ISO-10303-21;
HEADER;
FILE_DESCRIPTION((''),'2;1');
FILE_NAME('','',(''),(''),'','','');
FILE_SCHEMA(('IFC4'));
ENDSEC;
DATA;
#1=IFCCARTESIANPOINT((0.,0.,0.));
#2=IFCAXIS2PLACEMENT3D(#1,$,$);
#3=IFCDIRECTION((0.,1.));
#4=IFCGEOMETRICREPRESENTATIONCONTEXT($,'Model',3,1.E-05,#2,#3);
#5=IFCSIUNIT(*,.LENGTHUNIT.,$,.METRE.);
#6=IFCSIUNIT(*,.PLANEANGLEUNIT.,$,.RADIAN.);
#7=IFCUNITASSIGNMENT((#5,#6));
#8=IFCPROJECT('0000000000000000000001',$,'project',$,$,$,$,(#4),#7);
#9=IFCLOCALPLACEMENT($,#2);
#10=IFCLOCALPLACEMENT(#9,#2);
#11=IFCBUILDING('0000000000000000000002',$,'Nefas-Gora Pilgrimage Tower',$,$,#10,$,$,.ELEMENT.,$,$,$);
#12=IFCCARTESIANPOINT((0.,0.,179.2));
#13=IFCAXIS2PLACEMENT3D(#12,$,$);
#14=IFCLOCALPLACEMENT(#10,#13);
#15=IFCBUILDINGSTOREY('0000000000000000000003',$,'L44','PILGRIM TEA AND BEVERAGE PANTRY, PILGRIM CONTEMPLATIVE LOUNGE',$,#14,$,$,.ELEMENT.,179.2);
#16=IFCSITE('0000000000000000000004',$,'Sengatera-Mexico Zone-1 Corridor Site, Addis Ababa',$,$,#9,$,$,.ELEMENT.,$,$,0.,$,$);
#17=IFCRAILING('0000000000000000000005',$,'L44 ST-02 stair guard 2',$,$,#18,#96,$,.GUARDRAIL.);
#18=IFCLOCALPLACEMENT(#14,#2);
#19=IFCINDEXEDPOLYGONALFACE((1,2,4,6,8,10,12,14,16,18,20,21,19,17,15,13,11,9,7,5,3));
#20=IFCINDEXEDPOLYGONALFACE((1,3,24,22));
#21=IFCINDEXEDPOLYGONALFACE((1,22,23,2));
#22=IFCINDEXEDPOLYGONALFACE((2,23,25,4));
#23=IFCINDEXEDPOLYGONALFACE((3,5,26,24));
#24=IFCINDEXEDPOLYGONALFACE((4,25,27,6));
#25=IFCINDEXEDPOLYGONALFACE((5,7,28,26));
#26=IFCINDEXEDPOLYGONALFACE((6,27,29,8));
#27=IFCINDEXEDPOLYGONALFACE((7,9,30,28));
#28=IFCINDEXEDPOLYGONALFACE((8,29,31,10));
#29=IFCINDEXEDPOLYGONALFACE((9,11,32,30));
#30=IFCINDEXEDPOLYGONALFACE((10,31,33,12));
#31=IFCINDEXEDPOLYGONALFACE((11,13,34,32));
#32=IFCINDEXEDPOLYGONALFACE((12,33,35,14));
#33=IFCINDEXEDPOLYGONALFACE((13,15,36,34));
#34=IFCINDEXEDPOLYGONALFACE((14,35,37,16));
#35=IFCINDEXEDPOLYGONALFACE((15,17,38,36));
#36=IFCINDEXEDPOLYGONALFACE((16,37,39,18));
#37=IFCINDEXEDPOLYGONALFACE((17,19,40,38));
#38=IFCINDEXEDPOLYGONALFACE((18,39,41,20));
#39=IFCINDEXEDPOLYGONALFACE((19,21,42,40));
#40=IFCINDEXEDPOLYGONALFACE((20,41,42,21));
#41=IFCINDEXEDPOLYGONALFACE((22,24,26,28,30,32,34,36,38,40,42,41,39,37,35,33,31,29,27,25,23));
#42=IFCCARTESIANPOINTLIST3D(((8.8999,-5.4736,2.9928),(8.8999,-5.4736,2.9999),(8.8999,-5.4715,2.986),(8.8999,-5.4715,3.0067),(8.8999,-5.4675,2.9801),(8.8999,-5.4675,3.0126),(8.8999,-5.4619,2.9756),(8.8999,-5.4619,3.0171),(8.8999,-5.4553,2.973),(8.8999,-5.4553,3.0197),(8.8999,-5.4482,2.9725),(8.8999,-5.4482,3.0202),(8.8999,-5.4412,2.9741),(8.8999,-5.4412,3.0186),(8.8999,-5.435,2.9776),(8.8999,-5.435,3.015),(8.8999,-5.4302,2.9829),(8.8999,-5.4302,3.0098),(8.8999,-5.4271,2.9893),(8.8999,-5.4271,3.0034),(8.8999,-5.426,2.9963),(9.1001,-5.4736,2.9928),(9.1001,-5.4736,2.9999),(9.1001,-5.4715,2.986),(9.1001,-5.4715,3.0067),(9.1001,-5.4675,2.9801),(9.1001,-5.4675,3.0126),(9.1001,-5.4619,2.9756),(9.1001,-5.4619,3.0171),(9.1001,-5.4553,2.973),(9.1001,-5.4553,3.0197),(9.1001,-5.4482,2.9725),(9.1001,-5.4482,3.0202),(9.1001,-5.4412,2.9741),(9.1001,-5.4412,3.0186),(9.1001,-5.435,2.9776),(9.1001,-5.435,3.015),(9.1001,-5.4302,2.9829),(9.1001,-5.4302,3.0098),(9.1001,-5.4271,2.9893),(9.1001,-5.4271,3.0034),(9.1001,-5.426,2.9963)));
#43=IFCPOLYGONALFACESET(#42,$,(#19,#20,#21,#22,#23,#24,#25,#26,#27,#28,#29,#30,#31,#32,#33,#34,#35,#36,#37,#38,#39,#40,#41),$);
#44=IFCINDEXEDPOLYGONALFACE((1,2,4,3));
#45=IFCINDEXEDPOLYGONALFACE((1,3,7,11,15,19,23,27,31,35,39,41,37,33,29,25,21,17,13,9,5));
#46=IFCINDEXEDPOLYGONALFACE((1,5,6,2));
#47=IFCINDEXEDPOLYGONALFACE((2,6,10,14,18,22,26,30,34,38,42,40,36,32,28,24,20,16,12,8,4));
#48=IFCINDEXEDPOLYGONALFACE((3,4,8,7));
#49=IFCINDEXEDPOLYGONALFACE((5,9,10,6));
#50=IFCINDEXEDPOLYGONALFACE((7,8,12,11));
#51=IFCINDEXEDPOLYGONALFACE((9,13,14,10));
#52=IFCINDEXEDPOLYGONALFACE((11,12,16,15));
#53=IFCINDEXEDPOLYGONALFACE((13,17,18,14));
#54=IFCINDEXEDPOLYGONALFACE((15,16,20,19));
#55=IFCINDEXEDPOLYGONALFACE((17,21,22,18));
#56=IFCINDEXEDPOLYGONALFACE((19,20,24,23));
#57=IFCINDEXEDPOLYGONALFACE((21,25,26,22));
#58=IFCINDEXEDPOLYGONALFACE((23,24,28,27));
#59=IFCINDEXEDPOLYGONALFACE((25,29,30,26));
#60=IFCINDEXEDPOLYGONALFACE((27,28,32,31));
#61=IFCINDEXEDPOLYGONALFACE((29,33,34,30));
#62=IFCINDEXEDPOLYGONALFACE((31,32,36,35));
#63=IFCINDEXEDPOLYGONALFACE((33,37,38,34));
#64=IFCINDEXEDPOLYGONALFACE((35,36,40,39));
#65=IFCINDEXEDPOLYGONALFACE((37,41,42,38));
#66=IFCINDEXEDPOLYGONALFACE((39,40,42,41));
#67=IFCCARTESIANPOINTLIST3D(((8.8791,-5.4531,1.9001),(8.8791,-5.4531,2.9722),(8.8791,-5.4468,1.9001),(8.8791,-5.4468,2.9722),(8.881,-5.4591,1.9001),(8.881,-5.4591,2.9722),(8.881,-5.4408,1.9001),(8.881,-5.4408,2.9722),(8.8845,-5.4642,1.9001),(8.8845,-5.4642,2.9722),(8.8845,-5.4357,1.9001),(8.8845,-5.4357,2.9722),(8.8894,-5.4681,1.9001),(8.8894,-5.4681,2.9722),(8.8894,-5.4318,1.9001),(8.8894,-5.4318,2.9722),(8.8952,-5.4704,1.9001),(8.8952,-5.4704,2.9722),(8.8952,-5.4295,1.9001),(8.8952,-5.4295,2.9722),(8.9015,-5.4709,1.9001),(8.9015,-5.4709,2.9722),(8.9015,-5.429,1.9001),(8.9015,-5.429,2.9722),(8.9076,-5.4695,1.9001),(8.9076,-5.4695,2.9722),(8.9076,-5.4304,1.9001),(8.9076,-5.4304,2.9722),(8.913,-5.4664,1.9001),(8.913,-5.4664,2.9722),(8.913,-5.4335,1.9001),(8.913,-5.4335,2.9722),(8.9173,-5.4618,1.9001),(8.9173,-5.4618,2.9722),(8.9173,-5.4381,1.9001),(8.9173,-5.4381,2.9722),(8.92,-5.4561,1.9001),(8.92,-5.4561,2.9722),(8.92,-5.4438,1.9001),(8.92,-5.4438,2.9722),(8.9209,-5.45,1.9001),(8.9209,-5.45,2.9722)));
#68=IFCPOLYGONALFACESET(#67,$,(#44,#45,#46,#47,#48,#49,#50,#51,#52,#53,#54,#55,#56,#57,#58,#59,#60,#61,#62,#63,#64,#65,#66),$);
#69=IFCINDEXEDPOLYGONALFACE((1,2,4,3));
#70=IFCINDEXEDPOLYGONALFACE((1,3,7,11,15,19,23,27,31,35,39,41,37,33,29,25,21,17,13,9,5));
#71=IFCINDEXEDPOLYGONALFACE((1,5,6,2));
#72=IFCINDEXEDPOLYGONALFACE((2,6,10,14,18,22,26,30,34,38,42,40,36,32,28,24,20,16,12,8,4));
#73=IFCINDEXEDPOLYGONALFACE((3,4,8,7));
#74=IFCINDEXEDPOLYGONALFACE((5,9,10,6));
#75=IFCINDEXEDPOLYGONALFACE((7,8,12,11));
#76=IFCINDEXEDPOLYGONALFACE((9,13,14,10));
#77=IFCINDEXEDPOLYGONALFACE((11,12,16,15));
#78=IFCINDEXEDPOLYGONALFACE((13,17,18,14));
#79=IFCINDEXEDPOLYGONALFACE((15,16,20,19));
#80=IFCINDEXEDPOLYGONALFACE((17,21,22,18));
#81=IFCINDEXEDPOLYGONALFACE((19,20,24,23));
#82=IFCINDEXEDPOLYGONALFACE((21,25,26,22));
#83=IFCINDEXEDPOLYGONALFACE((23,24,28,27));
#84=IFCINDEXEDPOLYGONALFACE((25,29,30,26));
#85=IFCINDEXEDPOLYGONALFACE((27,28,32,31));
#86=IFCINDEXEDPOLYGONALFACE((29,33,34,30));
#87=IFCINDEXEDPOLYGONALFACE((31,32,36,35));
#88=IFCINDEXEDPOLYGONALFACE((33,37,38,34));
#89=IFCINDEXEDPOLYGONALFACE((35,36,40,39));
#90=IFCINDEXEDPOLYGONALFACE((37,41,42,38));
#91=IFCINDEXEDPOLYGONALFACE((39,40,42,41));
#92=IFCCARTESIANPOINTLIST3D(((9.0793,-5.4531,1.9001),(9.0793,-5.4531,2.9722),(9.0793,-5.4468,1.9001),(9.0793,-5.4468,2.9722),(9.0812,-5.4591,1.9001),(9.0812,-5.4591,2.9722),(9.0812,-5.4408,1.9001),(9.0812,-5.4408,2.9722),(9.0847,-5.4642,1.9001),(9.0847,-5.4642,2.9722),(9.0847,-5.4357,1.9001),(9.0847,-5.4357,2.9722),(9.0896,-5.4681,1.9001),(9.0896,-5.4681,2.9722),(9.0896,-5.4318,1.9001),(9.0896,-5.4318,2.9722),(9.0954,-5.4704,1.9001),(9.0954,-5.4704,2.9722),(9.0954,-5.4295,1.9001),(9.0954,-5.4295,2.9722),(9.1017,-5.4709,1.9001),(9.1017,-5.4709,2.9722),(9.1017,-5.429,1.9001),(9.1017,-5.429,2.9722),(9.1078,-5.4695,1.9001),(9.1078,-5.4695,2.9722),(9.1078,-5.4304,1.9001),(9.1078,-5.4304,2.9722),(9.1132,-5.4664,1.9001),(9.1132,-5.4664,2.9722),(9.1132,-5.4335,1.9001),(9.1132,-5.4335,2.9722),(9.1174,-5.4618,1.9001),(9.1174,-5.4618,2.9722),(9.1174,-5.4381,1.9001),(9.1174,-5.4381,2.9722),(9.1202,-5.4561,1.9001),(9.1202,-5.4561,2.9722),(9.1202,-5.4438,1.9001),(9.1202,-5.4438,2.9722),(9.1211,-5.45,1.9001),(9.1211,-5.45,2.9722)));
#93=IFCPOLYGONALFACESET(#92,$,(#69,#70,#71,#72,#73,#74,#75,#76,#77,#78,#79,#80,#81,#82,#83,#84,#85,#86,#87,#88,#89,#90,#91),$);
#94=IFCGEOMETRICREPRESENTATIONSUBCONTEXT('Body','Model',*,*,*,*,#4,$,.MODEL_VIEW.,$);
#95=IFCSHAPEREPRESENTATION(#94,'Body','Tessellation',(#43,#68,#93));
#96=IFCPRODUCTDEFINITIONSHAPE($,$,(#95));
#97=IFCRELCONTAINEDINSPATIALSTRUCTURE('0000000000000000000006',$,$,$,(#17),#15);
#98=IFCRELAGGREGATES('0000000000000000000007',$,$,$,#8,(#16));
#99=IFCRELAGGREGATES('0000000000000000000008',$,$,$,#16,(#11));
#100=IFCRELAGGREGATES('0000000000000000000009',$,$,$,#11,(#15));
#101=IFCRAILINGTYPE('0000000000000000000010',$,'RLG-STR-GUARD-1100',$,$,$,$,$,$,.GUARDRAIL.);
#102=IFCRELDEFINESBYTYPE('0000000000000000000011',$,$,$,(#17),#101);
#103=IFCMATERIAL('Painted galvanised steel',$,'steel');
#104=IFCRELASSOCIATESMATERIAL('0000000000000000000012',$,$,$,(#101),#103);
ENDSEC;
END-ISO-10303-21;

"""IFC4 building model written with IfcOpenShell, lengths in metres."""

from ifc_helpers import new_model, si_unit, direction, frame, origin, origin_2d, place, context, subcontext, project, spatial, circle, extrude, material, type_object, element, save


model = new_model("IFC4")

# Units and contexts
model_context = context("Model", 3, precision=1e-05, world=origin(), true_north=direction((0.0, 1.0)))
body_context = subcontext(model_context, "Body", "Model", "MODEL_VIEW")
ifc_project = project(units=[si_unit("LENGTHUNIT", "METRE"), si_unit("PLANEANGLEUNIT", "RADIAN")], contexts=[model_context])

# Site, building, storey
site_placement = place(None, origin())
site = spatial("IfcSite", under=ifc_project, at=site_placement, Name="Sengatera-Mexico Zone-1 Corridor Site, Addis Ababa", CompositionType="ELEMENT", RefElevation=0.0)
building_placement = place(site_placement, origin())
building = spatial("IfcBuilding", under=site, at=building_placement, Name="Nefas-Gora Pilgrimage Tower", CompositionType="ELEMENT")
storey_placement = place(building_placement, frame((0.0, 0.0, 179.2)))
storey = spatial("IfcBuildingStorey", under=building, at=storey_placement, Name="L44", Description="PILGRIM TEA AND BEVERAGE PANTRY, PILGRIM CONTEMPLATIVE LOUNGE", CompositionType="ELEMENT", Elevation=179.2)

# Railing
ifc_material_1 = material(Name="Painted galvanised steel", Category="steel")
railing_type_1 = type_object("IfcRailingType", Name="RLG-STR-GUARD-1100", PredefinedType="GUARDRAIL", material=ifc_material_1)
railing_1_placement = place(storey_placement, frame((8.8999, -5.45, 1.9001)))
element("IfcRailing", 1, at=railing_1_placement, inside=storey, type_object=railing_type_1, Name="L44 ST-02 stair guard 2", PredefinedType="GUARDRAIL", context=body_context, shape_type="SweptSolid", body=[
    extrude(circle(Radius=0.0239, at=origin_2d()), frame((0.0, 0.0, 1.0962), z_axis=(1.0, 0.0, 0.0), x_axis=(0.0, 1.0, 0.0)), (0.0, 0.0, 1.0), 0.2002),
    extrude(circle(Radius=0.021, at=origin_2d()), origin(), (0.0, 0.0, 1.0), 1.072),
    extrude(circle(Radius=0.021, at=origin_2d()), frame((0.2002, 0.0, 0.0)), (0.0, 0.0, 1.0), 1.072),
])

save(model, "model.ifc")
